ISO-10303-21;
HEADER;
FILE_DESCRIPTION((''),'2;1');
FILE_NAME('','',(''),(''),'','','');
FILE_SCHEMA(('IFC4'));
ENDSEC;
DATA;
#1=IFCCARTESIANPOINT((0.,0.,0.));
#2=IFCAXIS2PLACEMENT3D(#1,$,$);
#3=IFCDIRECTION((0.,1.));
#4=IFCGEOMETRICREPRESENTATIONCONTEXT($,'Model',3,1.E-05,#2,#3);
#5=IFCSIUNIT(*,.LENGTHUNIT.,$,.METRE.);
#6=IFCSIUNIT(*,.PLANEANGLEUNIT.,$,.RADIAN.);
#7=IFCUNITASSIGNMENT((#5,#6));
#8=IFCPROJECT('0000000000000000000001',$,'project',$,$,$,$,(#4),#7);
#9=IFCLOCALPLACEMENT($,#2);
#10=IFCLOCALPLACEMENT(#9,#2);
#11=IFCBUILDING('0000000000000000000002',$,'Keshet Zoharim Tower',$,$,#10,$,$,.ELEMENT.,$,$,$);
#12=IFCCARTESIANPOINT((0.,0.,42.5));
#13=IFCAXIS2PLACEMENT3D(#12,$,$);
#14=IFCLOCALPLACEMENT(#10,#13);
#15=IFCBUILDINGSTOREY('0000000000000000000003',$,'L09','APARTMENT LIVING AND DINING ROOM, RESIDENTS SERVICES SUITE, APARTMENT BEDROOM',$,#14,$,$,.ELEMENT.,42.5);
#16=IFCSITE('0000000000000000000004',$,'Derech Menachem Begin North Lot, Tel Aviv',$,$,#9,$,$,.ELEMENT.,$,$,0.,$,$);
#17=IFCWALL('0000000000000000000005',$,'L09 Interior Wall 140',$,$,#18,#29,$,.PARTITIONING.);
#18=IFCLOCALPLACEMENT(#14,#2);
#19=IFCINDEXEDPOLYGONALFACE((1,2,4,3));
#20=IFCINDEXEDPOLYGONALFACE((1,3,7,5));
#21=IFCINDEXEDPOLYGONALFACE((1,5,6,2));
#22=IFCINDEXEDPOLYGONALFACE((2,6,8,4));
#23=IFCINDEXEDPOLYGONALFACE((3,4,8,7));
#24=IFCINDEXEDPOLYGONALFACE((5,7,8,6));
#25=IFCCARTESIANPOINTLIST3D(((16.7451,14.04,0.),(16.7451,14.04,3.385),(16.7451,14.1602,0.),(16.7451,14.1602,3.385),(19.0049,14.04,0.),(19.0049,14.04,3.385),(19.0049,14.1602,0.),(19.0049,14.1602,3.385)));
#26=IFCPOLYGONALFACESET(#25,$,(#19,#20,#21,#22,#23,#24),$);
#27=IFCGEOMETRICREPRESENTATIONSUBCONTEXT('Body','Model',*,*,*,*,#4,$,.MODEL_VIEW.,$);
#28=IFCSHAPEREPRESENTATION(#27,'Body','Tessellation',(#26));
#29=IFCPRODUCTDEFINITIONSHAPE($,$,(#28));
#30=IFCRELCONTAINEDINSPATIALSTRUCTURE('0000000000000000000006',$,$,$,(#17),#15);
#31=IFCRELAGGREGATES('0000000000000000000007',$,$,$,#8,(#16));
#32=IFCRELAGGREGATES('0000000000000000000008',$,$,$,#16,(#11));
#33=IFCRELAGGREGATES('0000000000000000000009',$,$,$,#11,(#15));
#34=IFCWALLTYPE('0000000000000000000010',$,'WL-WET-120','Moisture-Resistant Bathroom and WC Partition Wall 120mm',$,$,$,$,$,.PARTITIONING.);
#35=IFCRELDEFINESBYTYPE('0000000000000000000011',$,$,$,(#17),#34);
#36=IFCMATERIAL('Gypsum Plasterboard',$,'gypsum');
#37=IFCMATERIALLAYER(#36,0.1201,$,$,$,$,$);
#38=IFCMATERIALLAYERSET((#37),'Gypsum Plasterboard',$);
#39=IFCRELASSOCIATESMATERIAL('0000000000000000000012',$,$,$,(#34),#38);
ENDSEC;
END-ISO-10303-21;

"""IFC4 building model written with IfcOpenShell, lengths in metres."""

from ifc_helpers import new_model, si_unit, direction, frame, frame_2d, origin, place, context, subcontext, project, spatial, rectangle, extrude, material, layer, layer_set, type_object, element, save


model = new_model("IFC4")

# Units and contexts
model_context = context("Model", 3, precision=1e-05, world=origin(), true_north=direction((0.0, 1.0)))
body_context = subcontext(model_context, "Body", "Model", "MODEL_VIEW")
ifc_project = project(units=[si_unit("LENGTHUNIT", "METRE"), si_unit("PLANEANGLEUNIT", "RADIAN")], contexts=[model_context])

# Site, building, storey
site_placement = place(None, origin())
site = spatial("IfcSite", under=ifc_project, at=site_placement, Name="Derech Menachem Begin North Lot, Tel Aviv", CompositionType="ELEMENT", RefElevation=0.0)
building_placement = place(site_placement, origin())
building = spatial("IfcBuilding", under=site, at=building_placement, Name="Keshet Zoharim Tower", CompositionType="ELEMENT")
storey_placement = place(building_placement, frame((0.0, 0.0, 42.5)))
storey = spatial("IfcBuildingStorey", under=building, at=storey_placement, Name="L09", Description="APARTMENT LIVING AND DINING ROOM, RESIDENTS SERVICES SUITE, APARTMENT BEDROOM", CompositionType="ELEMENT", Elevation=42.5)

# Shared definitions
ifc_material_1 = material(Name="Gypsum Plasterboard", Category="gypsum")

# Shared definitions
ifc_layer_1 = layer(ifc_material_1, 0.1201)
ifc_layer_set_1 = layer_set([ifc_layer_1], Name="Gypsum Plasterboard")
wall_type_1 = type_object("IfcWallType", Name="WL-WET-120", Description="Moisture-Resistant Bathroom and WC Partition Wall 120mm", PredefinedType="PARTITIONING", material=ifc_layer_set_1)

# Wall
for number, where, z_axis, x_axis, name in (
    (1, (16.7451, 14.1001, 0.0), (0.0, 0.0, 1.0), (1.0, 0.0, 0.0), "L09 Interior Wall 140"),
):
    element("IfcWall", number, at=place(storey_placement, frame(where, z_axis=z_axis, x_axis=x_axis)), inside=storey, type_object=wall_type_1, Name=name, PredefinedType="PARTITIONING", context=body_context, shape_type="SweptSolid", body=[
        extrude(rectangle(XDim=2.2598, YDim=0.1201, at=frame_2d((1.1299, 0.0))), origin(), (0.0, 0.0, 1.0), 3.385),
    ])

save(model, "model.ifc")
